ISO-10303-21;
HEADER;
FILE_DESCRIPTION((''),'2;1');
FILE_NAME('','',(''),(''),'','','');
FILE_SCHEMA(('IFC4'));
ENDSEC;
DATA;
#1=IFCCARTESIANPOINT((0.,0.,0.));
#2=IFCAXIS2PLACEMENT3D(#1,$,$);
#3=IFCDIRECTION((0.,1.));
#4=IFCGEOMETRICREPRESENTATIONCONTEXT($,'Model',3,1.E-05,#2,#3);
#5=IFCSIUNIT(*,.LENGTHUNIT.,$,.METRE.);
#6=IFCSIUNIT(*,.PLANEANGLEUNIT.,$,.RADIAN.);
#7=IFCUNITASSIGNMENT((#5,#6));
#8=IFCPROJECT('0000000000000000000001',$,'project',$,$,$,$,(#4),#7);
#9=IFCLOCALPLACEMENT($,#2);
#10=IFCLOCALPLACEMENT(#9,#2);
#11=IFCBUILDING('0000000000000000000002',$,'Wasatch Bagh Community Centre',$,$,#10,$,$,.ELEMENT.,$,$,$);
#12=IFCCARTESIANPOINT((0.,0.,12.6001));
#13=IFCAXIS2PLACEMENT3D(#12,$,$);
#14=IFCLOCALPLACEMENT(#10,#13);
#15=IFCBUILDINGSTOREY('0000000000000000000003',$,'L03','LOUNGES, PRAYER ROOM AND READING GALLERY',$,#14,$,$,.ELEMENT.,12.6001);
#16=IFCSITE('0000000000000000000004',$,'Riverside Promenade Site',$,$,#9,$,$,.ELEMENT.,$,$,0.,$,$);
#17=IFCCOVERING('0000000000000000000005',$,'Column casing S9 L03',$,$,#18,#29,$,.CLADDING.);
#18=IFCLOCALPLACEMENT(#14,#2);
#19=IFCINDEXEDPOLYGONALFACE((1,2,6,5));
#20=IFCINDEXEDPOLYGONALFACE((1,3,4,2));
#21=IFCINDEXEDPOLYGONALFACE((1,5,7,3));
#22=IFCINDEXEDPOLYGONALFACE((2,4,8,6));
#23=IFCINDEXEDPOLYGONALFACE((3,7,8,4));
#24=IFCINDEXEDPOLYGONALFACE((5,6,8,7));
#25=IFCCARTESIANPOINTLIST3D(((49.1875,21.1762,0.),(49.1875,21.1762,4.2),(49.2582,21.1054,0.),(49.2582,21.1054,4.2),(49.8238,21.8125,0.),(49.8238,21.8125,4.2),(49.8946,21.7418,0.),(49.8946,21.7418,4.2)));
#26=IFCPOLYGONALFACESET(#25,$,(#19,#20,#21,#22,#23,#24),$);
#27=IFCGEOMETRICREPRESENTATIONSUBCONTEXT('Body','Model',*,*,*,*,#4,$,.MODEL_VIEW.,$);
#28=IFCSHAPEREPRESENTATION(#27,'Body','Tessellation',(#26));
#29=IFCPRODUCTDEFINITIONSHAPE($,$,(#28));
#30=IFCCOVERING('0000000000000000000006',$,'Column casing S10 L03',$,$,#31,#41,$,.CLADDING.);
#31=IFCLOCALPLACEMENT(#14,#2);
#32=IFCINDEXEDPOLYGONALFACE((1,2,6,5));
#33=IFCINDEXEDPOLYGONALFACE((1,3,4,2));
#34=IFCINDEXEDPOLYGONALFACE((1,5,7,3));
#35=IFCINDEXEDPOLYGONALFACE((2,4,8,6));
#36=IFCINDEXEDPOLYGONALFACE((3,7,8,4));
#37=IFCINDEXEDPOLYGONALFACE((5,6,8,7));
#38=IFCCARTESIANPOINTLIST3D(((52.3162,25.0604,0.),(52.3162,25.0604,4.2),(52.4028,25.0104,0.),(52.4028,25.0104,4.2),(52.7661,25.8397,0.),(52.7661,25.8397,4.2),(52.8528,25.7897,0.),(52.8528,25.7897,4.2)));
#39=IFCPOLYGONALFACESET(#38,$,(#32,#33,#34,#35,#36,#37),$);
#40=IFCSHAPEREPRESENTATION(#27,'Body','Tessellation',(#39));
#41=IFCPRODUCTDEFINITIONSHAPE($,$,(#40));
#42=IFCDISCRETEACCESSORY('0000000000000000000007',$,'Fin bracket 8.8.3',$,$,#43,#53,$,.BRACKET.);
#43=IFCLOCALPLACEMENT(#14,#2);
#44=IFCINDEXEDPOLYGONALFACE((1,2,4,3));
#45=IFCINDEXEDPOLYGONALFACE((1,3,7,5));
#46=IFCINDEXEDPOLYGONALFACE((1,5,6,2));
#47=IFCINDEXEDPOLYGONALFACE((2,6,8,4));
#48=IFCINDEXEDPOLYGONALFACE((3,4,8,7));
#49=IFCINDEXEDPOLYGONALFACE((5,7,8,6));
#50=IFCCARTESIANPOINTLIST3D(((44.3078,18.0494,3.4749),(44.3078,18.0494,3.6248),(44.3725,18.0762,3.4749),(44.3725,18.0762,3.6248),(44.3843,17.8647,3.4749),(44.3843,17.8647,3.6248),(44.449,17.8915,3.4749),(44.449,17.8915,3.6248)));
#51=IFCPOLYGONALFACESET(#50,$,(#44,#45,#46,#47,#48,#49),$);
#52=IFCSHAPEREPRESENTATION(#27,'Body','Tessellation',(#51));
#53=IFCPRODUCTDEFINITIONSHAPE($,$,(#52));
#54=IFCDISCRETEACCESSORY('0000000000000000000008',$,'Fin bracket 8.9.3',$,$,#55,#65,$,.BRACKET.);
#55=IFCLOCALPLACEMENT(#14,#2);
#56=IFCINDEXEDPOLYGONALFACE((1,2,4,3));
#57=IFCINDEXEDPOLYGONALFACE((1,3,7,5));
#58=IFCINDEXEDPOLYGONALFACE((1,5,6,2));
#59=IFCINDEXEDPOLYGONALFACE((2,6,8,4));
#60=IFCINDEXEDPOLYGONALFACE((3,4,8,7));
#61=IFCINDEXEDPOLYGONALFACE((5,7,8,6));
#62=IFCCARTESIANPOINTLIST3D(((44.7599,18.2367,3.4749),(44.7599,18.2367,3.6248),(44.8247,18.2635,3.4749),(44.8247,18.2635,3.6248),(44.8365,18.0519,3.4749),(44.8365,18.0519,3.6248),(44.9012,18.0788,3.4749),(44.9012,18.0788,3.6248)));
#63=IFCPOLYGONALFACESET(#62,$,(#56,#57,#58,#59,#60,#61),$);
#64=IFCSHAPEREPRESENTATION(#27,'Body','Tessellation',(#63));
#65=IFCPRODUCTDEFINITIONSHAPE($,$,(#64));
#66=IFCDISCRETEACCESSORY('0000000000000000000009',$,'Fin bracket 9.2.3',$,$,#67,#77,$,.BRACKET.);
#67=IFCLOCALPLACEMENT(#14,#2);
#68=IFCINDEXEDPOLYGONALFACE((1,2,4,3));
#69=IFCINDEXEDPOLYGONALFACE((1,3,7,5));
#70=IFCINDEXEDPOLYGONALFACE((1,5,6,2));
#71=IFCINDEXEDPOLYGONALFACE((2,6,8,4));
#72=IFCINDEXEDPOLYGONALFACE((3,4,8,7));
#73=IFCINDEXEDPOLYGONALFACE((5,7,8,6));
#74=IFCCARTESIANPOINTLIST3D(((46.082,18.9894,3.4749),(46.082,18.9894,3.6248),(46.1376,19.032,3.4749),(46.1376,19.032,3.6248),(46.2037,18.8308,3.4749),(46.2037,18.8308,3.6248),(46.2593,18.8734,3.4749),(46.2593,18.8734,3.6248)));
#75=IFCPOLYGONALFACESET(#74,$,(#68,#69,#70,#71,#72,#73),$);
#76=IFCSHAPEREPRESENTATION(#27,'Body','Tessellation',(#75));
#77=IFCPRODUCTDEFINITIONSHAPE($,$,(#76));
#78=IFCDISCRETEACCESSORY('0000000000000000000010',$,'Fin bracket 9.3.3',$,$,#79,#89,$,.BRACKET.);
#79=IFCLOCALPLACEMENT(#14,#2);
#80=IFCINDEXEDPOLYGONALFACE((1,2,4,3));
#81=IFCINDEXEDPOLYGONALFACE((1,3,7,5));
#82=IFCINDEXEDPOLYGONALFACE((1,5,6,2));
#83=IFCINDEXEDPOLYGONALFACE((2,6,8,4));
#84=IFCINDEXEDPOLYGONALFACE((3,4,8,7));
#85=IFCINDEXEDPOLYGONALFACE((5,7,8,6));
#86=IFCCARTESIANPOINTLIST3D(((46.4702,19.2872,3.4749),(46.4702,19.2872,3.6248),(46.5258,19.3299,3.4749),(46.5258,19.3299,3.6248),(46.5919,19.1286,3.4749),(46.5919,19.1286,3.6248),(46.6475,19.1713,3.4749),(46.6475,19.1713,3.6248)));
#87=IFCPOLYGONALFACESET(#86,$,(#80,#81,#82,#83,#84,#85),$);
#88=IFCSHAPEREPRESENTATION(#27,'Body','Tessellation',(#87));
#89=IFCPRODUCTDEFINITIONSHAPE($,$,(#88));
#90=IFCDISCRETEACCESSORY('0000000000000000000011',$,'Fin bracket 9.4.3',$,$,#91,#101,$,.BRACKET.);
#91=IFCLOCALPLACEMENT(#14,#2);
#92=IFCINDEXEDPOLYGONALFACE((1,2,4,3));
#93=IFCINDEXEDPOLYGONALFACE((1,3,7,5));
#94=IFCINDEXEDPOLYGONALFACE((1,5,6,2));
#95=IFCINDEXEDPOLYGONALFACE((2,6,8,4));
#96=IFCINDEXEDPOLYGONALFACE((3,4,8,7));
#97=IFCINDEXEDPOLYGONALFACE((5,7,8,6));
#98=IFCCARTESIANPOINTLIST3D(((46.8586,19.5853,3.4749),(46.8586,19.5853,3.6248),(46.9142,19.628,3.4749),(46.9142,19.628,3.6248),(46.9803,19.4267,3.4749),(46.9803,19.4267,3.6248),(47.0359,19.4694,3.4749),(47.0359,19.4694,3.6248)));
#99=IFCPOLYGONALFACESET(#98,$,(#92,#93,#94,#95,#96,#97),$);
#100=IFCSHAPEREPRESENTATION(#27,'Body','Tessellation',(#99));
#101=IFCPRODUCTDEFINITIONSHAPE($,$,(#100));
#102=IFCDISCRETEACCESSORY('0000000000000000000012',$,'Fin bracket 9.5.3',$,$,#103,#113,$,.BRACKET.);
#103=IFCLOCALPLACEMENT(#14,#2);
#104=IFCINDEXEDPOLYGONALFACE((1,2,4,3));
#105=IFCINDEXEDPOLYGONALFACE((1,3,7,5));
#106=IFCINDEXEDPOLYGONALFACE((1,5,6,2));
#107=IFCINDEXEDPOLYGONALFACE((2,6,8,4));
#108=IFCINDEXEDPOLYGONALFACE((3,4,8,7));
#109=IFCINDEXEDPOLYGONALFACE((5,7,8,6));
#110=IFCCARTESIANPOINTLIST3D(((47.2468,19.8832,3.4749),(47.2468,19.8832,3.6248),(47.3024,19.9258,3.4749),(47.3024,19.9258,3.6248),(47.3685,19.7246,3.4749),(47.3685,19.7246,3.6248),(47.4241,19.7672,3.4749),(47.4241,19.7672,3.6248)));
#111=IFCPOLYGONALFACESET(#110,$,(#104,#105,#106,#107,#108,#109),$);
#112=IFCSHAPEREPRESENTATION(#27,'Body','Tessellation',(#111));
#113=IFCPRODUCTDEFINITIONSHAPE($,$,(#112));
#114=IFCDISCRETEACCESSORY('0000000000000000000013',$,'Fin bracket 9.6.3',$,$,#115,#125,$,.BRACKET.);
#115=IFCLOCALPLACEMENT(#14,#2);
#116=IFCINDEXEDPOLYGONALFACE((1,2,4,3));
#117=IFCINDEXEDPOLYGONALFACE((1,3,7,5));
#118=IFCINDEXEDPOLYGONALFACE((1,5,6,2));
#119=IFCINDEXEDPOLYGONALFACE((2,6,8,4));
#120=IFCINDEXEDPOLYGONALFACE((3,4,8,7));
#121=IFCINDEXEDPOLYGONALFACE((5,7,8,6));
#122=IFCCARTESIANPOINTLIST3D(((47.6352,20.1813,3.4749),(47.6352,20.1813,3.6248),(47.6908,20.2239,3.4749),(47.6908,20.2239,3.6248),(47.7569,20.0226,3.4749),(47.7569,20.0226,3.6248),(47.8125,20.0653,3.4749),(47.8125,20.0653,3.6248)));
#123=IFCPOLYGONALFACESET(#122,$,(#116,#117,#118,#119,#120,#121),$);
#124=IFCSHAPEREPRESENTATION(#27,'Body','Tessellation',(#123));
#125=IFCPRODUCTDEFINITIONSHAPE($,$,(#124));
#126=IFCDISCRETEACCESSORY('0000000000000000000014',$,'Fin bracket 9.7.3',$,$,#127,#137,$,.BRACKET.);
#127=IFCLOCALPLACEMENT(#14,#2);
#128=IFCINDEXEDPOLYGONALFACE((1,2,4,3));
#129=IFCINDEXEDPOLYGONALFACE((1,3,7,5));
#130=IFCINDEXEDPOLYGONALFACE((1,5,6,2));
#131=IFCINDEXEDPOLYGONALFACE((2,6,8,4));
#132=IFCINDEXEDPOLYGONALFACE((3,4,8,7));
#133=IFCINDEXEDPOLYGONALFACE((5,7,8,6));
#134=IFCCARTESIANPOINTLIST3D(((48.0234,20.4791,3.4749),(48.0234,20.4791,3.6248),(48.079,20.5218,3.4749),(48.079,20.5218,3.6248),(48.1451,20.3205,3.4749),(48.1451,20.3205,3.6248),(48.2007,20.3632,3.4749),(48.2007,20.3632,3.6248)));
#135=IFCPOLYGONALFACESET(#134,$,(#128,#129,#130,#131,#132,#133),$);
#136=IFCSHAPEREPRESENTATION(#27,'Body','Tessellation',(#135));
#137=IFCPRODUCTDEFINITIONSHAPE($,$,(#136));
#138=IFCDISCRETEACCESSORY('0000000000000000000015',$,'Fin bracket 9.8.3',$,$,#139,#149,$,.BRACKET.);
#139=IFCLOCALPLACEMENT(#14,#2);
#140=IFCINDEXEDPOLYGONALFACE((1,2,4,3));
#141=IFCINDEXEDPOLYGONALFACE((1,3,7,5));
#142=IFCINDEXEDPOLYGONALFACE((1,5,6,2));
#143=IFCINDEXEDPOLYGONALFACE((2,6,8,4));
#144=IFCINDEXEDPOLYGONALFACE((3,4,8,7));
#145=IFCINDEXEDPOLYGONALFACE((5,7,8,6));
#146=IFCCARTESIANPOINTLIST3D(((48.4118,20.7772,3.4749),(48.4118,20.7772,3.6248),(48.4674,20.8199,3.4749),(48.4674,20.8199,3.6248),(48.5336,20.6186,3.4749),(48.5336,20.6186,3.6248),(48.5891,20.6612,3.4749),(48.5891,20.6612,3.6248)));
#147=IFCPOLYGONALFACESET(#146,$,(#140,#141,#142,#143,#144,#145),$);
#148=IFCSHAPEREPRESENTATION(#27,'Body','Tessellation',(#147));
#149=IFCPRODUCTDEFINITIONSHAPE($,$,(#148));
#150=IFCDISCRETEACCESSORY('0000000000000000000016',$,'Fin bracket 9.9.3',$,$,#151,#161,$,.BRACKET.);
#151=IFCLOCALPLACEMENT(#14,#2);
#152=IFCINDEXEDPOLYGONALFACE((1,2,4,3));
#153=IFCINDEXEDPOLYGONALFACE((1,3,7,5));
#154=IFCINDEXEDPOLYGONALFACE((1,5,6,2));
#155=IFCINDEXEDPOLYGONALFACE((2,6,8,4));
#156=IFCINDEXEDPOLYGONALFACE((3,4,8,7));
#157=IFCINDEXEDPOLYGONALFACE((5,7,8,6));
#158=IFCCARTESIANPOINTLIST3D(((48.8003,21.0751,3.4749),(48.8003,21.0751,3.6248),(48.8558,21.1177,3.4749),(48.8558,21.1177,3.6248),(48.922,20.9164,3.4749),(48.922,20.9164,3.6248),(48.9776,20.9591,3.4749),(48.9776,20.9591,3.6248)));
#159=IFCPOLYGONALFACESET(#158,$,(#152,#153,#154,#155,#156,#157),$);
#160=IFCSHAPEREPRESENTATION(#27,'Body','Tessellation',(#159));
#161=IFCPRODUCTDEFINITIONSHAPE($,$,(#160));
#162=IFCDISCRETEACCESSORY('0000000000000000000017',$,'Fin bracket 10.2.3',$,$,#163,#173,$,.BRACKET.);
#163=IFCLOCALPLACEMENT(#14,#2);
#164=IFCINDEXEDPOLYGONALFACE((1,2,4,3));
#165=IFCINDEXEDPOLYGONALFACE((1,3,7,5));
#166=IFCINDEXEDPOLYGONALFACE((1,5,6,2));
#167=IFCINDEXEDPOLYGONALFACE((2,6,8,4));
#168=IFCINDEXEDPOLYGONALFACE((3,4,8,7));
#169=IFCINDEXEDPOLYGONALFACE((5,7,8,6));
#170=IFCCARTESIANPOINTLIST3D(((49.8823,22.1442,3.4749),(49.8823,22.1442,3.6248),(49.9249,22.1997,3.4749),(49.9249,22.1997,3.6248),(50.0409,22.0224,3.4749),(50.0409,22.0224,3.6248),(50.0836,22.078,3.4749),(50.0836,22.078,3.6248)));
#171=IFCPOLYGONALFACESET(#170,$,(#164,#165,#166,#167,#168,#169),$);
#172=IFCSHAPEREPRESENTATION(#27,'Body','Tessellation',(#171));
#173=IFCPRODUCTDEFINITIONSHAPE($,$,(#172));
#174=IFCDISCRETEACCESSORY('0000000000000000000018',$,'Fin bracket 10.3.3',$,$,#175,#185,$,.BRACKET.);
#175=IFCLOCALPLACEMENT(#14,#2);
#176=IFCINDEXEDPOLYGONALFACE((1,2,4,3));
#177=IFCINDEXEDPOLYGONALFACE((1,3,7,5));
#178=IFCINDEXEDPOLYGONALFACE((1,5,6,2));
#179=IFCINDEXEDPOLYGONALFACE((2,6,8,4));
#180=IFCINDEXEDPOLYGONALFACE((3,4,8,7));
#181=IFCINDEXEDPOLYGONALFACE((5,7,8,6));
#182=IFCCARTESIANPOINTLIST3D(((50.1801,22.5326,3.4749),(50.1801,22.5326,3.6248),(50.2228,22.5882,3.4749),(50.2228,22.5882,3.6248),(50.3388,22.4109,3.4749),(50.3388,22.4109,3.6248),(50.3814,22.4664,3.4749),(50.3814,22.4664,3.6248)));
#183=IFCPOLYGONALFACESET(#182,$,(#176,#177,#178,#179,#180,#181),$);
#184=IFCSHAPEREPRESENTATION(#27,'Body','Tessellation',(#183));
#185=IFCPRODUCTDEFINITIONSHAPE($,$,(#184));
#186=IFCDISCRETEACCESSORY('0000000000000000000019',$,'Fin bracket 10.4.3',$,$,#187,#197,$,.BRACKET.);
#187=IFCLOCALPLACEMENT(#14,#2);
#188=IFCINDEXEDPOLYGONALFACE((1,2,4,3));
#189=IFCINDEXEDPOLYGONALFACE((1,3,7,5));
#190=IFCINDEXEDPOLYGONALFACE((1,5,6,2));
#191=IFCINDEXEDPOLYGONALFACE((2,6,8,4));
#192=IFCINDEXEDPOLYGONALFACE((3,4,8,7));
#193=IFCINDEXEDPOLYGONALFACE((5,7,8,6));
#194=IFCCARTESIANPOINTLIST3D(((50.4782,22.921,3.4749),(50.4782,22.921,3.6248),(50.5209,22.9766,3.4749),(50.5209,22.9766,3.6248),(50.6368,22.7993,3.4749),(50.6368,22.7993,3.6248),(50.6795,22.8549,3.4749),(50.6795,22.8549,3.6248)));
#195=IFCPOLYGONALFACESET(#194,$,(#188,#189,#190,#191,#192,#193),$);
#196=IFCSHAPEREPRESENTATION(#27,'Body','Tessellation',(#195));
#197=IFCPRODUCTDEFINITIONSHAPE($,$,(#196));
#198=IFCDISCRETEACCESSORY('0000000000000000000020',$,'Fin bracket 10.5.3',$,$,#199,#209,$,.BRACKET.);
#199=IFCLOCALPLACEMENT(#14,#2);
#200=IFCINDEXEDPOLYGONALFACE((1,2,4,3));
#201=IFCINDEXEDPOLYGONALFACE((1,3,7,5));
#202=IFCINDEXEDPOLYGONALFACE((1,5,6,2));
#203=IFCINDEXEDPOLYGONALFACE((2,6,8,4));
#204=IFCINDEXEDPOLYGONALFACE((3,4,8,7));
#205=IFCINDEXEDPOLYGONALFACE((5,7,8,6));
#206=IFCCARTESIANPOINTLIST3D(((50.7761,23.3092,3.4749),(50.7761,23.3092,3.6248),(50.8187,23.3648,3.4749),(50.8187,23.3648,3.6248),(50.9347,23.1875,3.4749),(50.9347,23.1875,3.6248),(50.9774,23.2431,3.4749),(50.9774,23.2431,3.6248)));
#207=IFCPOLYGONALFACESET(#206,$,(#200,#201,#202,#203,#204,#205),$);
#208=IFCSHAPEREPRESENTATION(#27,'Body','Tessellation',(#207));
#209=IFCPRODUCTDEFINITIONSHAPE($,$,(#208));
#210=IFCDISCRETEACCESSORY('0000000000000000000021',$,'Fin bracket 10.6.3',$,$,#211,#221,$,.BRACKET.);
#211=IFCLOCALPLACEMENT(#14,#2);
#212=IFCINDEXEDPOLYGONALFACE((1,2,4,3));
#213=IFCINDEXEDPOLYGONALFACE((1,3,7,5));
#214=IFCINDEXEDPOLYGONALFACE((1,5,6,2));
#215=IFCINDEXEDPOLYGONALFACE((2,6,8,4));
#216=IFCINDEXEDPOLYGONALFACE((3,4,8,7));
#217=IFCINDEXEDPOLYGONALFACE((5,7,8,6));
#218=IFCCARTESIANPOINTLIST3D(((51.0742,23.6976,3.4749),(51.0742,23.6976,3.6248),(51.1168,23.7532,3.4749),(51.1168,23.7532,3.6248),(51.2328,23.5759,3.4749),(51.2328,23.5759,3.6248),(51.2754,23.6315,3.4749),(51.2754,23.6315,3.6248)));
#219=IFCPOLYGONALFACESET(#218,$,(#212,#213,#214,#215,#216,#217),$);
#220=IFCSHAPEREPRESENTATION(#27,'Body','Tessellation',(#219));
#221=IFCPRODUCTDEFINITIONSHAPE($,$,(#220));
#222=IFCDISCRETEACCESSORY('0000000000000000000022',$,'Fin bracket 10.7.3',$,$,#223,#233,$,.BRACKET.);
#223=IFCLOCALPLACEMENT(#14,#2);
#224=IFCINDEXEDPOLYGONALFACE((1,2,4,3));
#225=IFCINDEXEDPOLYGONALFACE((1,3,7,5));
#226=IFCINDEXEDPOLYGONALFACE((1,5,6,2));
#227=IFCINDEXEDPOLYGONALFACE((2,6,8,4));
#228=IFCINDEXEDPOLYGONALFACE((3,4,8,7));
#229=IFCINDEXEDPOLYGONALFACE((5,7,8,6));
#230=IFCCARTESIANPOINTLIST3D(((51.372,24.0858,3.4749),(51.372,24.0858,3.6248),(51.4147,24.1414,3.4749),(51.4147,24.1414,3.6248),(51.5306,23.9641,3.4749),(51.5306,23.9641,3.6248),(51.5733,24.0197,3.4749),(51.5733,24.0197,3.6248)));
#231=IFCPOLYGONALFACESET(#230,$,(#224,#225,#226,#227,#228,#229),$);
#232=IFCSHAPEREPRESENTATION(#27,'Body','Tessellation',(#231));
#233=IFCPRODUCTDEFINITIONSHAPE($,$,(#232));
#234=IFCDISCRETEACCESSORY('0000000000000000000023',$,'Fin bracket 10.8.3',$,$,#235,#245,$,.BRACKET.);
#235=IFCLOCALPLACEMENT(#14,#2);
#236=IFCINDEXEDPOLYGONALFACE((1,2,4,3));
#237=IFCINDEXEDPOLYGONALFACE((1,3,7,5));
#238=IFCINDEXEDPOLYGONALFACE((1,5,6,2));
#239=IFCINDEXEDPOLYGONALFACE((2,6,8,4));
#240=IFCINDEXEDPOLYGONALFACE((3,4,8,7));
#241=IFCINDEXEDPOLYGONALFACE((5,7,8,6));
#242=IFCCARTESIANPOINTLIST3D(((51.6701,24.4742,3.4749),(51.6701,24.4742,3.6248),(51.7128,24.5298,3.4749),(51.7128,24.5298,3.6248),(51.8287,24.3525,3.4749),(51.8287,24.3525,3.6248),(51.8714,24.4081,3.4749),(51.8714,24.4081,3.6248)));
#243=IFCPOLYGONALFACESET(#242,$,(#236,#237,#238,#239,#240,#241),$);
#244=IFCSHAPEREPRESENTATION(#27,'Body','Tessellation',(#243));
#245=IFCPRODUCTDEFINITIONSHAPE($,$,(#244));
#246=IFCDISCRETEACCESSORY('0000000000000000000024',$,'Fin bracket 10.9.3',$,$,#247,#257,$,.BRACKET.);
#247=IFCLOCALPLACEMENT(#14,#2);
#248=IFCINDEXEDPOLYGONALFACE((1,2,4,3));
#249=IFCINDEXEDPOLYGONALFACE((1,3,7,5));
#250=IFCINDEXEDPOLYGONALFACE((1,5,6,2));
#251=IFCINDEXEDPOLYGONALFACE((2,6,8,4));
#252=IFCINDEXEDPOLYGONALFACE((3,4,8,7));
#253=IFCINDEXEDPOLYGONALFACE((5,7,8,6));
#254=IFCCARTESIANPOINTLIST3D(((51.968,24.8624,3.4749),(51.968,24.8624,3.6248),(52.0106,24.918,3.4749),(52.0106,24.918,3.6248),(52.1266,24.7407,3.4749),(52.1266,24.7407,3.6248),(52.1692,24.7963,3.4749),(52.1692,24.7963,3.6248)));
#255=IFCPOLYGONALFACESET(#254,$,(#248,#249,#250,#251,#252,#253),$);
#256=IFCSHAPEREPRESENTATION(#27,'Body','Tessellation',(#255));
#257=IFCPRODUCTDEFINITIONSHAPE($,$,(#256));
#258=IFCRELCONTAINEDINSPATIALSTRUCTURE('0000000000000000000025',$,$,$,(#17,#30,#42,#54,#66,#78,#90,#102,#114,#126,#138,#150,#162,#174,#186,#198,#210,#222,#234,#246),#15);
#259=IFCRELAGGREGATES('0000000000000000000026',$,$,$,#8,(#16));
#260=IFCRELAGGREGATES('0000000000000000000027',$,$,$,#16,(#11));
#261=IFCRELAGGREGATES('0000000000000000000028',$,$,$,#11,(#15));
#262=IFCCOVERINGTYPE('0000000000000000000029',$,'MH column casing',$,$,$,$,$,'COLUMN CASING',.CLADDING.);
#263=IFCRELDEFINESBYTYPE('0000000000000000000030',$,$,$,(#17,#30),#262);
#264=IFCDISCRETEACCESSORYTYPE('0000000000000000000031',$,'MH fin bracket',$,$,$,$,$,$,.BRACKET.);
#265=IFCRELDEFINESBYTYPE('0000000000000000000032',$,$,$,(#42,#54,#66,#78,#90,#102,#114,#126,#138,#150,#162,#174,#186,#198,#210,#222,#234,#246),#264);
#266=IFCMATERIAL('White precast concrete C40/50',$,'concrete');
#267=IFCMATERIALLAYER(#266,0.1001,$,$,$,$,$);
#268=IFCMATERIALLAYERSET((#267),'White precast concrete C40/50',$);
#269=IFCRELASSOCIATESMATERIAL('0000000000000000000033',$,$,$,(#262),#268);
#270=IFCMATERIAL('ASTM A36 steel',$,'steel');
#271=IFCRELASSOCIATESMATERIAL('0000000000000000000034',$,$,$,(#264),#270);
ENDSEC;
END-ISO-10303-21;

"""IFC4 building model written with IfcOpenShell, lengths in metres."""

from ifc_helpers import new_model, si_unit, direction, frame, origin, origin_2d, place, context, subcontext, project, spatial, rectangle, extrude, material, layer, layer_set, type_object, element, save


model = new_model("IFC4")

# Units and contexts
model_context = context("Model", 3, precision=1e-05, world=origin(), true_north=direction((0.0, 1.0)))
body_context = subcontext(model_context, "Body", "Model", "MODEL_VIEW")
ifc_project = project(units=[si_unit("LENGTHUNIT", "METRE"), si_unit("PLANEANGLEUNIT", "RADIAN")], contexts=[model_context])

# Site, building, storey
site_placement = place(None, origin())
site = spatial("IfcSite", under=ifc_project, at=site_placement, Name="Riverside Promenade Site", CompositionType="ELEMENT", RefElevation=0.0)
building_placement = place(site_placement, origin())
building = spatial("IfcBuilding", under=site, at=building_placement, Name="Wasatch Bagh Community Centre", CompositionType="ELEMENT")
storey_placement = place(building_placement, frame((0.0, 0.0, 12.6001)))
storey = spatial("IfcBuildingStorey", under=building, at=storey_placement, Name="L03", Description="LOUNGES, PRAYER ROOM AND READING GALLERY", CompositionType="ELEMENT", Elevation=12.6001)

# Coverings
ifc_material_1 = material(Name="White precast concrete C40/50", Category="concrete")
ifc_layer_1 = layer(ifc_material_1, 0.1001)
ifc_layer_set_1 = layer_set([ifc_layer_1], Name="White precast concrete C40/50")
covering_type = type_object("IfcCoveringType", Name="MH column casing", ElementType="COLUMN CASING", PredefinedType="CLADDING", material=ifc_layer_set_1)
for number, where, z_axis, x_axis, name in (
    (1, (49.541, 21.459, 0.0), (0.0, 0.0, 1.0), (0.707107, 0.707107, 0.0), "Column casing S9 L03"),
    (2, (52.5845, 25.425, 0.0), (0.0, 0.0, 1.0), (0.5, 0.866025, 0.0), "Column casing S10 L03"),
):
    element("IfcCovering", number, at=place(storey_placement, frame(where, z_axis=z_axis, x_axis=x_axis)), inside=storey, type_object=covering_type, Name=name, PredefinedType="CLADDING", context=body_context, shape_type="SweptSolid", body=[
        extrude(rectangle(XDim=0.8999, YDim=0.1001, at=origin_2d()), origin(), (0.0, 0.0, 1.0), 4.2),
    ])

# Discrete accessories
ifc_material_2 = material(Name="ASTM A36 steel", Category="steel")
discrete_accessory_type = type_object("IfcDiscreteAccessoryType", Name="MH fin bracket", PredefinedType="BRACKET", material=ifc_material_2)
for number, where, z_axis, x_axis, name in (
    (3, (44.3784, 17.9705, 3.4749), (0.0, 0.0, 1.0), (0.92388, 0.382683, 0.0), "Fin bracket 8.8.3"),
    (4, (44.8306, 18.1577, 3.4749), (0.0, 0.0, 1.0), (0.92388, 0.382683, 0.0), "Fin bracket 8.9.3"),
    (5, (46.1707, 18.9314, 3.4749), (0.0, 0.0, 1.0), (0.793353, 0.608761, 0.0), "Fin bracket 9.2.3"),
    (6, (46.5588, 19.2292, 3.4749), (0.0, 0.0, 1.0), (0.793353, 0.608761, 0.0), "Fin bracket 9.3.3"),
    (7, (46.9473, 19.5273, 3.4749), (0.0, 0.0, 1.0), (0.793353, 0.608761, 0.0), "Fin bracket 9.4.3"),
    (8, (47.3354, 19.8252, 3.4749), (0.0, 0.0, 1.0), (0.793353, 0.608761, 0.0), "Fin bracket 9.5.3"),
    (9, (47.7239, 20.1233, 3.4749), (0.0, 0.0, 1.0), (0.793353, 0.608761, 0.0), "Fin bracket 9.6.3"),
    (10, (48.1121, 20.4211, 3.4749), (0.0, 0.0, 1.0), (0.793353, 0.608761, 0.0), "Fin bracket 9.7.3"),
    (11, (48.5005, 20.7192, 3.4749), (0.0, 0.0, 1.0), (0.793353, 0.608761, 0.0), "Fin bracket 9.8.3"),
    (12, (48.8889, 21.0171, 3.4749), (0.0, 0.0, 1.0), (0.793353, 0.608761, 0.0), "Fin bracket 9.9.3"),
    (13, (49.9829, 22.1111, 3.4749), (0.0, 0.0, 1.0), (0.608761, 0.793353, 0.0), "Fin bracket 10.2.3"),
    (14, (50.2808, 22.4995, 3.4749), (0.0, 0.0, 1.0), (0.608761, 0.793353, 0.0), "Fin bracket 10.3.3"),
    (15, (50.5789, 22.8879, 3.4749), (0.0, 0.0, 1.0), (0.608761, 0.793353, 0.0), "Fin bracket 10.4.3"),
    (16, (50.8767, 23.2761, 3.4749), (0.0, 0.0, 1.0), (0.608761, 0.793353, 0.0), "Fin bracket 10.5.3"),
    (17, (51.1748, 23.6646, 3.4749), (0.0, 0.0, 1.0), (0.608761, 0.793353, 0.0), "Fin bracket 10.6.3"),
    (18, (51.4727, 24.0527, 3.4749), (0.0, 0.0, 1.0), (0.608761, 0.793353, 0.0), "Fin bracket 10.7.3"),
    (19, (51.7708, 24.4412, 3.4749), (0.0, 0.0, 1.0), (0.608761, 0.793353, 0.0), "Fin bracket 10.8.3"),
    (20, (52.0686, 24.8293, 3.4749), (0.0, 0.0, 1.0), (0.608761, 0.793353, 0.0), "Fin bracket 10.9.3"),
):
    element("IfcDiscreteAccessory", number, at=place(storey_placement, frame(where, z_axis=z_axis, x_axis=x_axis)), inside=storey, type_object=discrete_accessory_type, Name=name, PredefinedType="BRACKET", context=body_context, shape_type="SweptSolid", body=[
        extrude(rectangle(XDim=0.0701, YDim=0.2, at=origin_2d()), origin(), (0.0, 0.0, 1.0), 0.1499),
    ])

save(model, "model.ifc")
